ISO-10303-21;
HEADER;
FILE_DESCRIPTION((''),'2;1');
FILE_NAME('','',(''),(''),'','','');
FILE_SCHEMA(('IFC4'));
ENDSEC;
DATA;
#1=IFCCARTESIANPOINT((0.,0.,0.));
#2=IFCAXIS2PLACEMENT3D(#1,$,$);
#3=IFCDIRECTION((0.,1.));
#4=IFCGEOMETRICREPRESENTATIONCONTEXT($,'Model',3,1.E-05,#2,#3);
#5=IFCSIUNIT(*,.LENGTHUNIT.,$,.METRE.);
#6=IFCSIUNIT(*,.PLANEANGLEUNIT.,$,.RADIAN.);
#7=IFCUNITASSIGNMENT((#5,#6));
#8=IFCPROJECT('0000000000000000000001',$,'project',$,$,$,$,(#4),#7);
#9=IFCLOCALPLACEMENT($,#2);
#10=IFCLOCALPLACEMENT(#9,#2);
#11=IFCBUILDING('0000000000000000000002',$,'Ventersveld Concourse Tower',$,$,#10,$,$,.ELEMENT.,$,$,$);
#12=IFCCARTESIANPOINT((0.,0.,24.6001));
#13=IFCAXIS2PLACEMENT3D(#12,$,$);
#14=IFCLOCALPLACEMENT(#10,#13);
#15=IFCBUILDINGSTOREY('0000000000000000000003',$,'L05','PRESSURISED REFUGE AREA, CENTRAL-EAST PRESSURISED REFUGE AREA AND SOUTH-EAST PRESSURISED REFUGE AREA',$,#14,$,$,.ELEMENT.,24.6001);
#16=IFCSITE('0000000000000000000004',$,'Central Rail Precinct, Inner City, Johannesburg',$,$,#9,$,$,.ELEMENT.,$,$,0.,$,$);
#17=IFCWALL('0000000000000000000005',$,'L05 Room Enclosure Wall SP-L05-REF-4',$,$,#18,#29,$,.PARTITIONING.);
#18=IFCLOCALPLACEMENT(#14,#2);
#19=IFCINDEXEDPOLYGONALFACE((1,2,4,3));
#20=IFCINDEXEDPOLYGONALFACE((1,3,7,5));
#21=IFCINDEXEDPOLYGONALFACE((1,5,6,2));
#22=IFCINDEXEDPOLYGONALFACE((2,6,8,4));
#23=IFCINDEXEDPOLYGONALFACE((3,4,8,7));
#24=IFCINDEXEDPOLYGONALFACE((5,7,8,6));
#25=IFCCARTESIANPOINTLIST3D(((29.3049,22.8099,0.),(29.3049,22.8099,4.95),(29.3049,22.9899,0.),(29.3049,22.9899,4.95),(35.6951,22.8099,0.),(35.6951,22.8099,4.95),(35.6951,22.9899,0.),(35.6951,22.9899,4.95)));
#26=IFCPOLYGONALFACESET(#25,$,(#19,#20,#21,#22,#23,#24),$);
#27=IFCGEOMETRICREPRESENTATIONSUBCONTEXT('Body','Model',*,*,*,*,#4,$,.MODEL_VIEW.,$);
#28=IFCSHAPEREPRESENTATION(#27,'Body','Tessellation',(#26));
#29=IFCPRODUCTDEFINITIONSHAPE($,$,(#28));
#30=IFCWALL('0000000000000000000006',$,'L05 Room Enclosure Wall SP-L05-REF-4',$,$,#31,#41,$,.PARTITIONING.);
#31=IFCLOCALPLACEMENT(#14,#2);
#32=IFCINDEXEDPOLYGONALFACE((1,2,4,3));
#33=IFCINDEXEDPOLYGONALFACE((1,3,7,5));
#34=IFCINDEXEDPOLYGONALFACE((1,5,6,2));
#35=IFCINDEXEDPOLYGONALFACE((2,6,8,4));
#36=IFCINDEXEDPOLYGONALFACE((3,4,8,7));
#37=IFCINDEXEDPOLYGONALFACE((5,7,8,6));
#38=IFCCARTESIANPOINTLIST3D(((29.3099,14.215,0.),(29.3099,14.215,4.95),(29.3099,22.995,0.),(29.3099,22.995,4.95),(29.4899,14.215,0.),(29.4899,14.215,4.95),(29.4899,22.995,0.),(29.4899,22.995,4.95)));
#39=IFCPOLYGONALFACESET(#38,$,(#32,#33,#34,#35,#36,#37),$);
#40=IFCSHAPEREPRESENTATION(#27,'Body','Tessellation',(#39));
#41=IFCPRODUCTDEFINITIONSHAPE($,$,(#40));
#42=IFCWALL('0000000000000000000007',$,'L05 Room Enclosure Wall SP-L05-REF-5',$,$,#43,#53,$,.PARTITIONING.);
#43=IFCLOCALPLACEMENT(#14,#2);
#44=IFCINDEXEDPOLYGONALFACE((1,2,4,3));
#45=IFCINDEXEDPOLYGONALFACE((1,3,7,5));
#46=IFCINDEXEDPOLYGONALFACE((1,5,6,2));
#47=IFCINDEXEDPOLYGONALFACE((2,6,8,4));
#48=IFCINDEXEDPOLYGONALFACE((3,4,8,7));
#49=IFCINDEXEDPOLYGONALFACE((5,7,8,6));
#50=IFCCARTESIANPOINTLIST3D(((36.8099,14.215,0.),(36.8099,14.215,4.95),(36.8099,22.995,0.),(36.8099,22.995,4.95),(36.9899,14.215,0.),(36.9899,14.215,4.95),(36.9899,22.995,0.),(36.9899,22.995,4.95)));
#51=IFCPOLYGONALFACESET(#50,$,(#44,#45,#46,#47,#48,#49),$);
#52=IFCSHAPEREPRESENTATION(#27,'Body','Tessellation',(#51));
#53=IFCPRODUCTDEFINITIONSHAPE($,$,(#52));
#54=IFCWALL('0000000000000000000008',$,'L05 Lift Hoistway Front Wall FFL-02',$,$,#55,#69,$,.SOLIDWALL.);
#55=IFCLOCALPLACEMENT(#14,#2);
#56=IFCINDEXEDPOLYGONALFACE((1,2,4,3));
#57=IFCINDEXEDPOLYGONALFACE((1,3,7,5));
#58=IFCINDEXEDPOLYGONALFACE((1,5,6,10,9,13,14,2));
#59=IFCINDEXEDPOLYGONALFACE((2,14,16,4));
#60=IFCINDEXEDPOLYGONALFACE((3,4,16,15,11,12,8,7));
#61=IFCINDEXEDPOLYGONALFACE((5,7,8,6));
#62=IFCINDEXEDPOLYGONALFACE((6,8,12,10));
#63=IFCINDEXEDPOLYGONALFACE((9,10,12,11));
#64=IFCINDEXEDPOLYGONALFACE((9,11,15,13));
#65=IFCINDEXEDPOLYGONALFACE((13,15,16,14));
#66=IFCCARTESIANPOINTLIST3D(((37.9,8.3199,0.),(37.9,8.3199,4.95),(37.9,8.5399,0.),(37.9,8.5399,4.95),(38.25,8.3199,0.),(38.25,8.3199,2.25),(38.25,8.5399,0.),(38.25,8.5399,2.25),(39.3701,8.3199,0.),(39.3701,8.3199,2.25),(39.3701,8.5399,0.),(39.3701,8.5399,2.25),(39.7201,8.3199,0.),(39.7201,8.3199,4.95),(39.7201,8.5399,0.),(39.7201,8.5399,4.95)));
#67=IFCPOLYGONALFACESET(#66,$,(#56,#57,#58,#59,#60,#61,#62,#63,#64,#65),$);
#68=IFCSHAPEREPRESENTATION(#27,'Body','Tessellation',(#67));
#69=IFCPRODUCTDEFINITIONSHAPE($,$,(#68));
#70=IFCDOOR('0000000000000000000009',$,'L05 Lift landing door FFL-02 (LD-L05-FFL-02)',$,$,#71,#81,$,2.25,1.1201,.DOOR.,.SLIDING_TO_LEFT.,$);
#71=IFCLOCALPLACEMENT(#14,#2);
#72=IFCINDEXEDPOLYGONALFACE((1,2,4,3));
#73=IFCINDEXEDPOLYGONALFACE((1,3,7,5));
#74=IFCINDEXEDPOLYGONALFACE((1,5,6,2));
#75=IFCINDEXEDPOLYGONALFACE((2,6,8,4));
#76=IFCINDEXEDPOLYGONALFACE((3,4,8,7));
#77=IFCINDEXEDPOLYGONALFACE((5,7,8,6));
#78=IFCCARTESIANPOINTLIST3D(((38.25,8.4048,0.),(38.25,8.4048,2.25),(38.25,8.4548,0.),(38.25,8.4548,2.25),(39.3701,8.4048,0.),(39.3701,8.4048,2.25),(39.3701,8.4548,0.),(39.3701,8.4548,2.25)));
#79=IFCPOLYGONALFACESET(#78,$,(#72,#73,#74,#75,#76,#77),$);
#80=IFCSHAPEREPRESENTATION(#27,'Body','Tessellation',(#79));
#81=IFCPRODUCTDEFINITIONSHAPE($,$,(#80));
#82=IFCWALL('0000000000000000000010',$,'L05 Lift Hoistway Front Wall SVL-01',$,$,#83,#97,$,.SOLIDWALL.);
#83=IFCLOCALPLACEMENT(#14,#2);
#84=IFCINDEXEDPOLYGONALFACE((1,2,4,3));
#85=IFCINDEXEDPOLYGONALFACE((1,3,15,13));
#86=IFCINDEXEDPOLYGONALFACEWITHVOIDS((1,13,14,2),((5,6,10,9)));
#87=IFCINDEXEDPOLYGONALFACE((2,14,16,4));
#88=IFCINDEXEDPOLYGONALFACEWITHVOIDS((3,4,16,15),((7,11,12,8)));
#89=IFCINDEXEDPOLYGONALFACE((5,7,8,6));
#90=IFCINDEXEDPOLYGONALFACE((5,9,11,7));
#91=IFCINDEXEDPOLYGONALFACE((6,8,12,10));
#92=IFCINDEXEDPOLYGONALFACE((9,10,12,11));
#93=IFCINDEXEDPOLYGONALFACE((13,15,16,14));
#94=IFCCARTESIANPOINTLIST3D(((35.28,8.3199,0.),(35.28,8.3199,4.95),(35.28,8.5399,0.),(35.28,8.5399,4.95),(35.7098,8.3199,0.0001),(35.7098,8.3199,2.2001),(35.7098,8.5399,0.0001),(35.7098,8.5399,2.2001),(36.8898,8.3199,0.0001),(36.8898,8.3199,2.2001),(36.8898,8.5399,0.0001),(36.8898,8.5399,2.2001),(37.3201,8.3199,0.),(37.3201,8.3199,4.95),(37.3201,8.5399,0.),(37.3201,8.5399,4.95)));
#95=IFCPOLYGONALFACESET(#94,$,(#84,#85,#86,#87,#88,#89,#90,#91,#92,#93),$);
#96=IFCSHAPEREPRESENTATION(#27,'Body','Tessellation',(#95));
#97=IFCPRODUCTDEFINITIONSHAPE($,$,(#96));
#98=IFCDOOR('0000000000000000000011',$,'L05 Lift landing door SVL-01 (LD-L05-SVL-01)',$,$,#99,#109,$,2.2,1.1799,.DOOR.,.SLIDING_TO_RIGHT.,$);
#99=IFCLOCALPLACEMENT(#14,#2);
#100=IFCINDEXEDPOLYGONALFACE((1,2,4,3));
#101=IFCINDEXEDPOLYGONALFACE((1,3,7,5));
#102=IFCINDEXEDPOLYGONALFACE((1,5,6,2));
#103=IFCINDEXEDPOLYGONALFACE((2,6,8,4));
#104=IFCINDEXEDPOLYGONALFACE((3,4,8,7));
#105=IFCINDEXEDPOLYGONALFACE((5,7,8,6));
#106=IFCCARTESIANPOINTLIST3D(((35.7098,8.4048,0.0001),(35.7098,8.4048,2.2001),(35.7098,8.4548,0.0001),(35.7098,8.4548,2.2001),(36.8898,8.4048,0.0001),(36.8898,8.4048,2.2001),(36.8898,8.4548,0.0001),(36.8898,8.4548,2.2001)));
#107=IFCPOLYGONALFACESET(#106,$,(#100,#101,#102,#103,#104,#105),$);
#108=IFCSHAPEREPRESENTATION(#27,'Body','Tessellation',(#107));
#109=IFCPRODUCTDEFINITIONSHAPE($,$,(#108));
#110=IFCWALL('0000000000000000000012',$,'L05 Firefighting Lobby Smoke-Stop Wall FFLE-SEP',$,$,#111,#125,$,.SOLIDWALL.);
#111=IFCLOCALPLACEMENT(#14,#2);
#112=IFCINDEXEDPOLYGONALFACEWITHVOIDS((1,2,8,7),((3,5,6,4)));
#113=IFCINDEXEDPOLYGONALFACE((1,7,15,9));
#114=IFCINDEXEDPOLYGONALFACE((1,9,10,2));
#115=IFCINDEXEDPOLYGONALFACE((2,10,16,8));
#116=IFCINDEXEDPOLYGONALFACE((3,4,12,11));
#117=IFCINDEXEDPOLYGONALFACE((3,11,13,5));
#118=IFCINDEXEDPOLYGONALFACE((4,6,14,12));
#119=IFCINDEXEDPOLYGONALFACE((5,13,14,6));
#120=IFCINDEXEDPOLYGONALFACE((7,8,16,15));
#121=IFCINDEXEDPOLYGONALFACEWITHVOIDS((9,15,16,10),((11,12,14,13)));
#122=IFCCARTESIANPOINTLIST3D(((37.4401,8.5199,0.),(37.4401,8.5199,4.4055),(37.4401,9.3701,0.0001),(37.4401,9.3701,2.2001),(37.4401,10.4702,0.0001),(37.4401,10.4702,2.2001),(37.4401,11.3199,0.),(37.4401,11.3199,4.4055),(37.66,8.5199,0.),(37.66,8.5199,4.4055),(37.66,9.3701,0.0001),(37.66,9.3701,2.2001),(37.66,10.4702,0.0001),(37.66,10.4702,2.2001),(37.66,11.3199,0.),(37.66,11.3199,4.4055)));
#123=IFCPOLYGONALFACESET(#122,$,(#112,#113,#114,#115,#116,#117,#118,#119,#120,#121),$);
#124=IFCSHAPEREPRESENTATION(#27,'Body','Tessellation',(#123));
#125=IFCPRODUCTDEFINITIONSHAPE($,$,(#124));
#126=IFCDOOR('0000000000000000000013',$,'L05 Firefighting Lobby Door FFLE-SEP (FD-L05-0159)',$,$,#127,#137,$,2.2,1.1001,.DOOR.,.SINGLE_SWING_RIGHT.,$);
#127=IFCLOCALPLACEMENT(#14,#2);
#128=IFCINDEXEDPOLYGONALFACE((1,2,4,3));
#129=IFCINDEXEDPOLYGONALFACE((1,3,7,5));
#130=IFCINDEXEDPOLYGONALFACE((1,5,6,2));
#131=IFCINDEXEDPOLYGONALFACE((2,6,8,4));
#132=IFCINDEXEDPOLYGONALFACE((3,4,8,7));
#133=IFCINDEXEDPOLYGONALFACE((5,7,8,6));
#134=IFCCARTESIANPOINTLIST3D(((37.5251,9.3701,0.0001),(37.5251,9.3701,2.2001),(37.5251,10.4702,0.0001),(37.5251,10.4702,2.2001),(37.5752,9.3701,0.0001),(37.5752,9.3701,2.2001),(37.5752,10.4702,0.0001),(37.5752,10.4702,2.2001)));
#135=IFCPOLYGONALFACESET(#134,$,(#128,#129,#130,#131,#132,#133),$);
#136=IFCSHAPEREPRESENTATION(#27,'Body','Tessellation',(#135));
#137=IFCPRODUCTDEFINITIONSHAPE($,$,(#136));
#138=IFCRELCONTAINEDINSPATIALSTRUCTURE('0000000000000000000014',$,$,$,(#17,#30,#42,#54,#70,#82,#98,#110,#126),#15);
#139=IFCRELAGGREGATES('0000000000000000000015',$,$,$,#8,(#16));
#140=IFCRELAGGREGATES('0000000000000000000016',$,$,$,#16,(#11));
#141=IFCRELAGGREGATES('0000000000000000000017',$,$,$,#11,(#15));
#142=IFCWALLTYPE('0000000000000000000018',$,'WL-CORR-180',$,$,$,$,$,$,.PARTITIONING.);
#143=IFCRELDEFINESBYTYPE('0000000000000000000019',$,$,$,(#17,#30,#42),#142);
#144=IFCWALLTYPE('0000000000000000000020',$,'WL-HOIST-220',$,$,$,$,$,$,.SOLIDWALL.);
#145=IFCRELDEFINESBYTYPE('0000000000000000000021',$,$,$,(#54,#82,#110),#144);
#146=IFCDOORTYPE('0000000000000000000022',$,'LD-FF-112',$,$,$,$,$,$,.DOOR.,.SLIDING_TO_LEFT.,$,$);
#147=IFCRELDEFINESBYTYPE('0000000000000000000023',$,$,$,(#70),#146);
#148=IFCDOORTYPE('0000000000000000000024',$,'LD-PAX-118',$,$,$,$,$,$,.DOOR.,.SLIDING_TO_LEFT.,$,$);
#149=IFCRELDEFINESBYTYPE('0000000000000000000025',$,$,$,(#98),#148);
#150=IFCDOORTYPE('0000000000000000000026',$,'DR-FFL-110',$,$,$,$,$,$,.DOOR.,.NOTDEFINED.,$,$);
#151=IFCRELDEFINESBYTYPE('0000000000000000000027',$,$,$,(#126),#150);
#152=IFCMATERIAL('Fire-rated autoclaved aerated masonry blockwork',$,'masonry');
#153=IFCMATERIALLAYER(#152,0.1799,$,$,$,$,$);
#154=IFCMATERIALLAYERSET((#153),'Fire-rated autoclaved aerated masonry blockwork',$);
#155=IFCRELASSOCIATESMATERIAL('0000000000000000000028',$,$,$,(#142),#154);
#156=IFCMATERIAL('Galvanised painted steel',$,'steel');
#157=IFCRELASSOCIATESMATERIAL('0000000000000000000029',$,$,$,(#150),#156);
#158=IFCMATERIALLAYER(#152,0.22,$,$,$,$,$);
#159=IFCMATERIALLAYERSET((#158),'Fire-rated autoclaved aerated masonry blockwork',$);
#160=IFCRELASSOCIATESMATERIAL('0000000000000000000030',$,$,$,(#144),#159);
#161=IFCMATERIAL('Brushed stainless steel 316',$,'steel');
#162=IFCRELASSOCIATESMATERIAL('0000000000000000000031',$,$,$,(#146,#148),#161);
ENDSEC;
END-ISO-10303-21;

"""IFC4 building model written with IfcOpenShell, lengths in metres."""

from ifc_helpers import new_model, si_unit, direction, frame, frame_2d, origin, place, context, subcontext, project, spatial, rectangle, extrude, material, layer, layer_set, type_object, element, fill, save


model = new_model("IFC4")

# Units and contexts
model_context = context("Model", 3, precision=1e-05, world=origin(), true_north=direction((0.0, 1.0)))
body_context = subcontext(model_context, "Body", "Model", "MODEL_VIEW")
ifc_project = project(units=[si_unit("LENGTHUNIT", "METRE"), si_unit("PLANEANGLEUNIT", "RADIAN")], contexts=[model_context])

# Site, building, storey
site_placement = place(None, origin())
site = spatial("IfcSite", under=ifc_project, at=site_placement, Name="Central Rail Precinct, Inner City, Johannesburg", CompositionType="ELEMENT", RefElevation=0.0)
building_placement = place(site_placement, origin())
building = spatial("IfcBuilding", under=site, at=building_placement, Name="Ventersveld Concourse Tower", CompositionType="ELEMENT")
storey_placement = place(building_placement, frame((0.0, 0.0, 24.6001)))
storey = spatial("IfcBuildingStorey", under=building, at=storey_placement, Name="L05", Description="PRESSURISED REFUGE AREA, CENTRAL-EAST PRESSURISED REFUGE AREA AND SOUTH-EAST PRESSURISED REFUGE AREA", CompositionType="ELEMENT", Elevation=24.6001)

# Shared definitions
ifc_material_1 = material(Name="Fire-rated autoclaved aerated masonry blockwork", Category="masonry")
ifc_layer_1 = layer(ifc_material_1, 0.1799)
ifc_layer_set_1 = layer_set([ifc_layer_1], Name="Fire-rated autoclaved aerated masonry blockwork")
wall_type_1 = type_object("IfcWallType", Name="WL-CORR-180", PredefinedType="PARTITIONING", material=ifc_layer_set_1)
ifc_material_2 = material(Name="Galvanised painted steel", Category="steel")
door_type_1 = type_object("IfcDoorType", Name="DR-FFL-110", OperationType="NOTDEFINED", PredefinedType="DOOR", material=ifc_material_2)

# Walls
wall_1_placement = place(storey_placement, frame((35.6951, 22.8999, 0.0), z_axis=(0.0, 0.0, 1.0), x_axis=(-1.0, 0.0, 0.0)))
element("IfcWall", 1, at=wall_1_placement, inside=storey, type_object=wall_type_1, Name="L05 Room Enclosure Wall SP-L05-REF-4", PredefinedType="PARTITIONING", context=body_context, shape_type="SweptSolid", body=[
    extrude(rectangle(XDim=6.3901, YDim=0.1799, at=frame_2d((3.1951, 0.0))), origin(), (0.0, 0.0, 1.0), 4.95),
])
for number, where, z_axis, x_axis, name in (
    (2, (29.3999, 22.9951, 0.0), (0.0, 0.0, 1.0), (0.0, -1.0, 0.0), "L05 Room Enclosure Wall SP-L05-REF-4"),
    (3, (36.8999, 22.9951, 0.0), (0.0, 0.0, 1.0), (0.0, -1.0, 0.0), "L05 Room Enclosure Wall SP-L05-REF-5"),
):
    element("IfcWall", number, at=place(storey_placement, frame(where, z_axis=z_axis, x_axis=x_axis)), inside=storey, type_object=wall_type_1, Name=name, PredefinedType="PARTITIONING", context=body_context, shape_type="SweptSolid", body=[
        extrude(rectangle(XDim=8.78, YDim=0.1799, at=frame_2d((4.3901, 0.0))), origin(), (0.0, 0.0, 1.0), 4.95),
    ])

# Walls, openings, doors
ifc_layer_2 = layer(ifc_material_1, 0.22)
ifc_layer_set_2 = layer_set([ifc_layer_2], Name="Fire-rated autoclaved aerated masonry blockwork")
wall_type_2 = type_object("IfcWallType", Name="WL-HOIST-220", PredefinedType="SOLIDWALL", material=ifc_layer_set_2)
wall_2_placement = place(storey_placement, frame((37.8999, 8.4299, 0.0), z_axis=(0.0, 0.0, 1.0), x_axis=(1.0, 0.0, 0.0)))
wall_2 = element("IfcWall", 4, at=wall_2_placement, inside=storey, type_object=wall_type_2, Name="L05 Lift Hoistway Front Wall FFL-02", PredefinedType="SOLIDWALL", context=body_context, shape_type="SweptSolid", body=[
    extrude(rectangle(XDim=1.8201, YDim=0.22, at=frame_2d((0.9102, 0.0))), origin(), (0.0, 0.0, 1.0), 4.95),
])
opening_1_placement = place(wall_2_placement, frame((0.3501, 0.0, 0.0)))
opening_1 = element("IfcOpeningElement", 5, at=opening_1_placement, cuts=wall_2, PredefinedType="OPENING", context=body_context, shape_type="SweptSolid", body=[
    extrude(rectangle(XDim=1.1201, YDim=2.25, at=frame_2d((0.5601, 1.125))), frame((0.0, 0.1201, 0.0), z_axis=(0.0, -1.0, 0.0), x_axis=(1.0, 0.0, 0.0)), (0.0, 0.0, 1.0), 0.24),
])
ifc_material_3 = material(Name="Brushed stainless steel 316", Category="steel")
door_type_2 = type_object("IfcDoorType", Name="LD-FF-112", OperationType="SLIDING_TO_LEFT", PredefinedType="DOOR", material=ifc_material_3)
door_1_placement = place(opening_1_placement, origin())
door_1 = element("IfcDoor", 6, at=door_1_placement, inside=storey, type_object=door_type_2, Name="L05 Lift landing door FFL-02 (LD-L05-FFL-02)", OperationType="SLIDING_TO_LEFT", OverallHeight=2.25, OverallWidth=1.1201, PredefinedType="DOOR", context=body_context, shape_type="SweptSolid", body=[
    extrude(rectangle(XDim=1.1201, YDim=2.25, at=frame_2d((0.5601, 1.125))), frame((0.0, 0.0249, 0.0), z_axis=(0.0, -1.0, 0.0), x_axis=(1.0, 0.0, 0.0)), (0.0, 0.0, 1.0), 0.05),
])
fill(opening_1, door_1)
wall_3_placement = place(storey_placement, frame((35.28, 8.4299, 0.0), z_axis=(0.0, 0.0, 1.0), x_axis=(1.0, 0.0, 0.0)))
wall_3 = element("IfcWall", 7, at=wall_3_placement, inside=storey, type_object=wall_type_2, Name="L05 Lift Hoistway Front Wall SVL-01", PredefinedType="SOLIDWALL", context=body_context, shape_type="SweptSolid", body=[
    extrude(rectangle(XDim=2.04, YDim=0.22, at=frame_2d((1.02, 0.0))), origin(), (0.0, 0.0, 1.0), 4.95),
])
opening_2_placement = place(wall_3_placement, frame((0.4299, 0.0, 0.0)))
opening_2 = element("IfcOpeningElement", 8, at=opening_2_placement, cuts=wall_3, PredefinedType="OPENING", context=body_context, shape_type="SweptSolid", body=[
    extrude(rectangle(XDim=1.1799, YDim=2.2, at=frame_2d((0.5898, 1.1001))), frame((0.0, 0.1201, 0.0), z_axis=(0.0, -1.0, 0.0), x_axis=(1.0, 0.0, 0.0)), (0.0, 0.0, 1.0), 0.24),
])
door_type_3 = type_object("IfcDoorType", Name="LD-PAX-118", OperationType="SLIDING_TO_LEFT", PredefinedType="DOOR", material=ifc_material_3)
door_2_placement = place(opening_2_placement, origin())
door_2 = element("IfcDoor", 9, at=door_2_placement, inside=storey, type_object=door_type_3, Name="L05 Lift landing door SVL-01 (LD-L05-SVL-01)", OperationType="SLIDING_TO_RIGHT", OverallHeight=2.2, OverallWidth=1.1799, PredefinedType="DOOR", context=body_context, shape_type="SweptSolid", body=[
    extrude(rectangle(XDim=1.1799, YDim=2.2, at=frame_2d((0.5898, 1.1001))), frame((0.0, 0.0249, 0.0), z_axis=(0.0, -1.0, 0.0), x_axis=(1.0, 0.0, 0.0)), (0.0, 0.0, 1.0), 0.05),
])
fill(opening_2, door_2)
wall_4_placement = place(storey_placement, frame((37.55, 8.52, 0.0), z_axis=(0.0, 0.0, 1.0), x_axis=(0.0, 1.0, 0.0)))
wall_4 = element("IfcWall", 10, at=wall_4_placement, inside=storey, type_object=wall_type_2, Name="L05 Firefighting Lobby Smoke-Stop Wall FFLE-SEP", PredefinedType="SOLIDWALL", context=body_context, shape_type="SweptSolid", body=[
    extrude(rectangle(XDim=2.8, YDim=0.22, at=frame_2d((1.3999, 0.0))), origin(), (0.0, 0.0, 1.0), 4.4055),
])
opening_3_placement = place(wall_4_placement, frame((0.8501, 0.0, 0.0)))
opening_3 = element("IfcOpeningElement", 11, at=opening_3_placement, cuts=wall_4, PredefinedType="OPENING", context=body_context, shape_type="SweptSolid", body=[
    extrude(rectangle(XDim=1.1001, YDim=2.2, at=frame_2d((0.55, 1.1001))), frame((0.0, 0.1201, 0.0), z_axis=(0.0, -1.0, 0.0), x_axis=(1.0, 0.0, 0.0)), (0.0, 0.0, 1.0), 0.24),
])
door_3_placement = place(opening_3_placement, origin())
door_3 = element("IfcDoor", 12, at=door_3_placement, inside=storey, type_object=door_type_1, Name="L05 Firefighting Lobby Door FFLE-SEP (FD-L05-0159)", OperationType="SINGLE_SWING_RIGHT", OverallHeight=2.2, OverallWidth=1.1001, PredefinedType="DOOR", context=body_context, shape_type="SweptSolid", body=[
    extrude(rectangle(XDim=1.1001, YDim=2.2, at=frame_2d((0.55, 1.1001))), frame((0.0, 0.0249, 0.0), z_axis=(0.0, -1.0, 0.0), x_axis=(1.0, 0.0, 0.0)), (0.0, 0.0, 1.0), 0.05),
])
fill(opening_3, door_3)

save(model, "model.ifc")
